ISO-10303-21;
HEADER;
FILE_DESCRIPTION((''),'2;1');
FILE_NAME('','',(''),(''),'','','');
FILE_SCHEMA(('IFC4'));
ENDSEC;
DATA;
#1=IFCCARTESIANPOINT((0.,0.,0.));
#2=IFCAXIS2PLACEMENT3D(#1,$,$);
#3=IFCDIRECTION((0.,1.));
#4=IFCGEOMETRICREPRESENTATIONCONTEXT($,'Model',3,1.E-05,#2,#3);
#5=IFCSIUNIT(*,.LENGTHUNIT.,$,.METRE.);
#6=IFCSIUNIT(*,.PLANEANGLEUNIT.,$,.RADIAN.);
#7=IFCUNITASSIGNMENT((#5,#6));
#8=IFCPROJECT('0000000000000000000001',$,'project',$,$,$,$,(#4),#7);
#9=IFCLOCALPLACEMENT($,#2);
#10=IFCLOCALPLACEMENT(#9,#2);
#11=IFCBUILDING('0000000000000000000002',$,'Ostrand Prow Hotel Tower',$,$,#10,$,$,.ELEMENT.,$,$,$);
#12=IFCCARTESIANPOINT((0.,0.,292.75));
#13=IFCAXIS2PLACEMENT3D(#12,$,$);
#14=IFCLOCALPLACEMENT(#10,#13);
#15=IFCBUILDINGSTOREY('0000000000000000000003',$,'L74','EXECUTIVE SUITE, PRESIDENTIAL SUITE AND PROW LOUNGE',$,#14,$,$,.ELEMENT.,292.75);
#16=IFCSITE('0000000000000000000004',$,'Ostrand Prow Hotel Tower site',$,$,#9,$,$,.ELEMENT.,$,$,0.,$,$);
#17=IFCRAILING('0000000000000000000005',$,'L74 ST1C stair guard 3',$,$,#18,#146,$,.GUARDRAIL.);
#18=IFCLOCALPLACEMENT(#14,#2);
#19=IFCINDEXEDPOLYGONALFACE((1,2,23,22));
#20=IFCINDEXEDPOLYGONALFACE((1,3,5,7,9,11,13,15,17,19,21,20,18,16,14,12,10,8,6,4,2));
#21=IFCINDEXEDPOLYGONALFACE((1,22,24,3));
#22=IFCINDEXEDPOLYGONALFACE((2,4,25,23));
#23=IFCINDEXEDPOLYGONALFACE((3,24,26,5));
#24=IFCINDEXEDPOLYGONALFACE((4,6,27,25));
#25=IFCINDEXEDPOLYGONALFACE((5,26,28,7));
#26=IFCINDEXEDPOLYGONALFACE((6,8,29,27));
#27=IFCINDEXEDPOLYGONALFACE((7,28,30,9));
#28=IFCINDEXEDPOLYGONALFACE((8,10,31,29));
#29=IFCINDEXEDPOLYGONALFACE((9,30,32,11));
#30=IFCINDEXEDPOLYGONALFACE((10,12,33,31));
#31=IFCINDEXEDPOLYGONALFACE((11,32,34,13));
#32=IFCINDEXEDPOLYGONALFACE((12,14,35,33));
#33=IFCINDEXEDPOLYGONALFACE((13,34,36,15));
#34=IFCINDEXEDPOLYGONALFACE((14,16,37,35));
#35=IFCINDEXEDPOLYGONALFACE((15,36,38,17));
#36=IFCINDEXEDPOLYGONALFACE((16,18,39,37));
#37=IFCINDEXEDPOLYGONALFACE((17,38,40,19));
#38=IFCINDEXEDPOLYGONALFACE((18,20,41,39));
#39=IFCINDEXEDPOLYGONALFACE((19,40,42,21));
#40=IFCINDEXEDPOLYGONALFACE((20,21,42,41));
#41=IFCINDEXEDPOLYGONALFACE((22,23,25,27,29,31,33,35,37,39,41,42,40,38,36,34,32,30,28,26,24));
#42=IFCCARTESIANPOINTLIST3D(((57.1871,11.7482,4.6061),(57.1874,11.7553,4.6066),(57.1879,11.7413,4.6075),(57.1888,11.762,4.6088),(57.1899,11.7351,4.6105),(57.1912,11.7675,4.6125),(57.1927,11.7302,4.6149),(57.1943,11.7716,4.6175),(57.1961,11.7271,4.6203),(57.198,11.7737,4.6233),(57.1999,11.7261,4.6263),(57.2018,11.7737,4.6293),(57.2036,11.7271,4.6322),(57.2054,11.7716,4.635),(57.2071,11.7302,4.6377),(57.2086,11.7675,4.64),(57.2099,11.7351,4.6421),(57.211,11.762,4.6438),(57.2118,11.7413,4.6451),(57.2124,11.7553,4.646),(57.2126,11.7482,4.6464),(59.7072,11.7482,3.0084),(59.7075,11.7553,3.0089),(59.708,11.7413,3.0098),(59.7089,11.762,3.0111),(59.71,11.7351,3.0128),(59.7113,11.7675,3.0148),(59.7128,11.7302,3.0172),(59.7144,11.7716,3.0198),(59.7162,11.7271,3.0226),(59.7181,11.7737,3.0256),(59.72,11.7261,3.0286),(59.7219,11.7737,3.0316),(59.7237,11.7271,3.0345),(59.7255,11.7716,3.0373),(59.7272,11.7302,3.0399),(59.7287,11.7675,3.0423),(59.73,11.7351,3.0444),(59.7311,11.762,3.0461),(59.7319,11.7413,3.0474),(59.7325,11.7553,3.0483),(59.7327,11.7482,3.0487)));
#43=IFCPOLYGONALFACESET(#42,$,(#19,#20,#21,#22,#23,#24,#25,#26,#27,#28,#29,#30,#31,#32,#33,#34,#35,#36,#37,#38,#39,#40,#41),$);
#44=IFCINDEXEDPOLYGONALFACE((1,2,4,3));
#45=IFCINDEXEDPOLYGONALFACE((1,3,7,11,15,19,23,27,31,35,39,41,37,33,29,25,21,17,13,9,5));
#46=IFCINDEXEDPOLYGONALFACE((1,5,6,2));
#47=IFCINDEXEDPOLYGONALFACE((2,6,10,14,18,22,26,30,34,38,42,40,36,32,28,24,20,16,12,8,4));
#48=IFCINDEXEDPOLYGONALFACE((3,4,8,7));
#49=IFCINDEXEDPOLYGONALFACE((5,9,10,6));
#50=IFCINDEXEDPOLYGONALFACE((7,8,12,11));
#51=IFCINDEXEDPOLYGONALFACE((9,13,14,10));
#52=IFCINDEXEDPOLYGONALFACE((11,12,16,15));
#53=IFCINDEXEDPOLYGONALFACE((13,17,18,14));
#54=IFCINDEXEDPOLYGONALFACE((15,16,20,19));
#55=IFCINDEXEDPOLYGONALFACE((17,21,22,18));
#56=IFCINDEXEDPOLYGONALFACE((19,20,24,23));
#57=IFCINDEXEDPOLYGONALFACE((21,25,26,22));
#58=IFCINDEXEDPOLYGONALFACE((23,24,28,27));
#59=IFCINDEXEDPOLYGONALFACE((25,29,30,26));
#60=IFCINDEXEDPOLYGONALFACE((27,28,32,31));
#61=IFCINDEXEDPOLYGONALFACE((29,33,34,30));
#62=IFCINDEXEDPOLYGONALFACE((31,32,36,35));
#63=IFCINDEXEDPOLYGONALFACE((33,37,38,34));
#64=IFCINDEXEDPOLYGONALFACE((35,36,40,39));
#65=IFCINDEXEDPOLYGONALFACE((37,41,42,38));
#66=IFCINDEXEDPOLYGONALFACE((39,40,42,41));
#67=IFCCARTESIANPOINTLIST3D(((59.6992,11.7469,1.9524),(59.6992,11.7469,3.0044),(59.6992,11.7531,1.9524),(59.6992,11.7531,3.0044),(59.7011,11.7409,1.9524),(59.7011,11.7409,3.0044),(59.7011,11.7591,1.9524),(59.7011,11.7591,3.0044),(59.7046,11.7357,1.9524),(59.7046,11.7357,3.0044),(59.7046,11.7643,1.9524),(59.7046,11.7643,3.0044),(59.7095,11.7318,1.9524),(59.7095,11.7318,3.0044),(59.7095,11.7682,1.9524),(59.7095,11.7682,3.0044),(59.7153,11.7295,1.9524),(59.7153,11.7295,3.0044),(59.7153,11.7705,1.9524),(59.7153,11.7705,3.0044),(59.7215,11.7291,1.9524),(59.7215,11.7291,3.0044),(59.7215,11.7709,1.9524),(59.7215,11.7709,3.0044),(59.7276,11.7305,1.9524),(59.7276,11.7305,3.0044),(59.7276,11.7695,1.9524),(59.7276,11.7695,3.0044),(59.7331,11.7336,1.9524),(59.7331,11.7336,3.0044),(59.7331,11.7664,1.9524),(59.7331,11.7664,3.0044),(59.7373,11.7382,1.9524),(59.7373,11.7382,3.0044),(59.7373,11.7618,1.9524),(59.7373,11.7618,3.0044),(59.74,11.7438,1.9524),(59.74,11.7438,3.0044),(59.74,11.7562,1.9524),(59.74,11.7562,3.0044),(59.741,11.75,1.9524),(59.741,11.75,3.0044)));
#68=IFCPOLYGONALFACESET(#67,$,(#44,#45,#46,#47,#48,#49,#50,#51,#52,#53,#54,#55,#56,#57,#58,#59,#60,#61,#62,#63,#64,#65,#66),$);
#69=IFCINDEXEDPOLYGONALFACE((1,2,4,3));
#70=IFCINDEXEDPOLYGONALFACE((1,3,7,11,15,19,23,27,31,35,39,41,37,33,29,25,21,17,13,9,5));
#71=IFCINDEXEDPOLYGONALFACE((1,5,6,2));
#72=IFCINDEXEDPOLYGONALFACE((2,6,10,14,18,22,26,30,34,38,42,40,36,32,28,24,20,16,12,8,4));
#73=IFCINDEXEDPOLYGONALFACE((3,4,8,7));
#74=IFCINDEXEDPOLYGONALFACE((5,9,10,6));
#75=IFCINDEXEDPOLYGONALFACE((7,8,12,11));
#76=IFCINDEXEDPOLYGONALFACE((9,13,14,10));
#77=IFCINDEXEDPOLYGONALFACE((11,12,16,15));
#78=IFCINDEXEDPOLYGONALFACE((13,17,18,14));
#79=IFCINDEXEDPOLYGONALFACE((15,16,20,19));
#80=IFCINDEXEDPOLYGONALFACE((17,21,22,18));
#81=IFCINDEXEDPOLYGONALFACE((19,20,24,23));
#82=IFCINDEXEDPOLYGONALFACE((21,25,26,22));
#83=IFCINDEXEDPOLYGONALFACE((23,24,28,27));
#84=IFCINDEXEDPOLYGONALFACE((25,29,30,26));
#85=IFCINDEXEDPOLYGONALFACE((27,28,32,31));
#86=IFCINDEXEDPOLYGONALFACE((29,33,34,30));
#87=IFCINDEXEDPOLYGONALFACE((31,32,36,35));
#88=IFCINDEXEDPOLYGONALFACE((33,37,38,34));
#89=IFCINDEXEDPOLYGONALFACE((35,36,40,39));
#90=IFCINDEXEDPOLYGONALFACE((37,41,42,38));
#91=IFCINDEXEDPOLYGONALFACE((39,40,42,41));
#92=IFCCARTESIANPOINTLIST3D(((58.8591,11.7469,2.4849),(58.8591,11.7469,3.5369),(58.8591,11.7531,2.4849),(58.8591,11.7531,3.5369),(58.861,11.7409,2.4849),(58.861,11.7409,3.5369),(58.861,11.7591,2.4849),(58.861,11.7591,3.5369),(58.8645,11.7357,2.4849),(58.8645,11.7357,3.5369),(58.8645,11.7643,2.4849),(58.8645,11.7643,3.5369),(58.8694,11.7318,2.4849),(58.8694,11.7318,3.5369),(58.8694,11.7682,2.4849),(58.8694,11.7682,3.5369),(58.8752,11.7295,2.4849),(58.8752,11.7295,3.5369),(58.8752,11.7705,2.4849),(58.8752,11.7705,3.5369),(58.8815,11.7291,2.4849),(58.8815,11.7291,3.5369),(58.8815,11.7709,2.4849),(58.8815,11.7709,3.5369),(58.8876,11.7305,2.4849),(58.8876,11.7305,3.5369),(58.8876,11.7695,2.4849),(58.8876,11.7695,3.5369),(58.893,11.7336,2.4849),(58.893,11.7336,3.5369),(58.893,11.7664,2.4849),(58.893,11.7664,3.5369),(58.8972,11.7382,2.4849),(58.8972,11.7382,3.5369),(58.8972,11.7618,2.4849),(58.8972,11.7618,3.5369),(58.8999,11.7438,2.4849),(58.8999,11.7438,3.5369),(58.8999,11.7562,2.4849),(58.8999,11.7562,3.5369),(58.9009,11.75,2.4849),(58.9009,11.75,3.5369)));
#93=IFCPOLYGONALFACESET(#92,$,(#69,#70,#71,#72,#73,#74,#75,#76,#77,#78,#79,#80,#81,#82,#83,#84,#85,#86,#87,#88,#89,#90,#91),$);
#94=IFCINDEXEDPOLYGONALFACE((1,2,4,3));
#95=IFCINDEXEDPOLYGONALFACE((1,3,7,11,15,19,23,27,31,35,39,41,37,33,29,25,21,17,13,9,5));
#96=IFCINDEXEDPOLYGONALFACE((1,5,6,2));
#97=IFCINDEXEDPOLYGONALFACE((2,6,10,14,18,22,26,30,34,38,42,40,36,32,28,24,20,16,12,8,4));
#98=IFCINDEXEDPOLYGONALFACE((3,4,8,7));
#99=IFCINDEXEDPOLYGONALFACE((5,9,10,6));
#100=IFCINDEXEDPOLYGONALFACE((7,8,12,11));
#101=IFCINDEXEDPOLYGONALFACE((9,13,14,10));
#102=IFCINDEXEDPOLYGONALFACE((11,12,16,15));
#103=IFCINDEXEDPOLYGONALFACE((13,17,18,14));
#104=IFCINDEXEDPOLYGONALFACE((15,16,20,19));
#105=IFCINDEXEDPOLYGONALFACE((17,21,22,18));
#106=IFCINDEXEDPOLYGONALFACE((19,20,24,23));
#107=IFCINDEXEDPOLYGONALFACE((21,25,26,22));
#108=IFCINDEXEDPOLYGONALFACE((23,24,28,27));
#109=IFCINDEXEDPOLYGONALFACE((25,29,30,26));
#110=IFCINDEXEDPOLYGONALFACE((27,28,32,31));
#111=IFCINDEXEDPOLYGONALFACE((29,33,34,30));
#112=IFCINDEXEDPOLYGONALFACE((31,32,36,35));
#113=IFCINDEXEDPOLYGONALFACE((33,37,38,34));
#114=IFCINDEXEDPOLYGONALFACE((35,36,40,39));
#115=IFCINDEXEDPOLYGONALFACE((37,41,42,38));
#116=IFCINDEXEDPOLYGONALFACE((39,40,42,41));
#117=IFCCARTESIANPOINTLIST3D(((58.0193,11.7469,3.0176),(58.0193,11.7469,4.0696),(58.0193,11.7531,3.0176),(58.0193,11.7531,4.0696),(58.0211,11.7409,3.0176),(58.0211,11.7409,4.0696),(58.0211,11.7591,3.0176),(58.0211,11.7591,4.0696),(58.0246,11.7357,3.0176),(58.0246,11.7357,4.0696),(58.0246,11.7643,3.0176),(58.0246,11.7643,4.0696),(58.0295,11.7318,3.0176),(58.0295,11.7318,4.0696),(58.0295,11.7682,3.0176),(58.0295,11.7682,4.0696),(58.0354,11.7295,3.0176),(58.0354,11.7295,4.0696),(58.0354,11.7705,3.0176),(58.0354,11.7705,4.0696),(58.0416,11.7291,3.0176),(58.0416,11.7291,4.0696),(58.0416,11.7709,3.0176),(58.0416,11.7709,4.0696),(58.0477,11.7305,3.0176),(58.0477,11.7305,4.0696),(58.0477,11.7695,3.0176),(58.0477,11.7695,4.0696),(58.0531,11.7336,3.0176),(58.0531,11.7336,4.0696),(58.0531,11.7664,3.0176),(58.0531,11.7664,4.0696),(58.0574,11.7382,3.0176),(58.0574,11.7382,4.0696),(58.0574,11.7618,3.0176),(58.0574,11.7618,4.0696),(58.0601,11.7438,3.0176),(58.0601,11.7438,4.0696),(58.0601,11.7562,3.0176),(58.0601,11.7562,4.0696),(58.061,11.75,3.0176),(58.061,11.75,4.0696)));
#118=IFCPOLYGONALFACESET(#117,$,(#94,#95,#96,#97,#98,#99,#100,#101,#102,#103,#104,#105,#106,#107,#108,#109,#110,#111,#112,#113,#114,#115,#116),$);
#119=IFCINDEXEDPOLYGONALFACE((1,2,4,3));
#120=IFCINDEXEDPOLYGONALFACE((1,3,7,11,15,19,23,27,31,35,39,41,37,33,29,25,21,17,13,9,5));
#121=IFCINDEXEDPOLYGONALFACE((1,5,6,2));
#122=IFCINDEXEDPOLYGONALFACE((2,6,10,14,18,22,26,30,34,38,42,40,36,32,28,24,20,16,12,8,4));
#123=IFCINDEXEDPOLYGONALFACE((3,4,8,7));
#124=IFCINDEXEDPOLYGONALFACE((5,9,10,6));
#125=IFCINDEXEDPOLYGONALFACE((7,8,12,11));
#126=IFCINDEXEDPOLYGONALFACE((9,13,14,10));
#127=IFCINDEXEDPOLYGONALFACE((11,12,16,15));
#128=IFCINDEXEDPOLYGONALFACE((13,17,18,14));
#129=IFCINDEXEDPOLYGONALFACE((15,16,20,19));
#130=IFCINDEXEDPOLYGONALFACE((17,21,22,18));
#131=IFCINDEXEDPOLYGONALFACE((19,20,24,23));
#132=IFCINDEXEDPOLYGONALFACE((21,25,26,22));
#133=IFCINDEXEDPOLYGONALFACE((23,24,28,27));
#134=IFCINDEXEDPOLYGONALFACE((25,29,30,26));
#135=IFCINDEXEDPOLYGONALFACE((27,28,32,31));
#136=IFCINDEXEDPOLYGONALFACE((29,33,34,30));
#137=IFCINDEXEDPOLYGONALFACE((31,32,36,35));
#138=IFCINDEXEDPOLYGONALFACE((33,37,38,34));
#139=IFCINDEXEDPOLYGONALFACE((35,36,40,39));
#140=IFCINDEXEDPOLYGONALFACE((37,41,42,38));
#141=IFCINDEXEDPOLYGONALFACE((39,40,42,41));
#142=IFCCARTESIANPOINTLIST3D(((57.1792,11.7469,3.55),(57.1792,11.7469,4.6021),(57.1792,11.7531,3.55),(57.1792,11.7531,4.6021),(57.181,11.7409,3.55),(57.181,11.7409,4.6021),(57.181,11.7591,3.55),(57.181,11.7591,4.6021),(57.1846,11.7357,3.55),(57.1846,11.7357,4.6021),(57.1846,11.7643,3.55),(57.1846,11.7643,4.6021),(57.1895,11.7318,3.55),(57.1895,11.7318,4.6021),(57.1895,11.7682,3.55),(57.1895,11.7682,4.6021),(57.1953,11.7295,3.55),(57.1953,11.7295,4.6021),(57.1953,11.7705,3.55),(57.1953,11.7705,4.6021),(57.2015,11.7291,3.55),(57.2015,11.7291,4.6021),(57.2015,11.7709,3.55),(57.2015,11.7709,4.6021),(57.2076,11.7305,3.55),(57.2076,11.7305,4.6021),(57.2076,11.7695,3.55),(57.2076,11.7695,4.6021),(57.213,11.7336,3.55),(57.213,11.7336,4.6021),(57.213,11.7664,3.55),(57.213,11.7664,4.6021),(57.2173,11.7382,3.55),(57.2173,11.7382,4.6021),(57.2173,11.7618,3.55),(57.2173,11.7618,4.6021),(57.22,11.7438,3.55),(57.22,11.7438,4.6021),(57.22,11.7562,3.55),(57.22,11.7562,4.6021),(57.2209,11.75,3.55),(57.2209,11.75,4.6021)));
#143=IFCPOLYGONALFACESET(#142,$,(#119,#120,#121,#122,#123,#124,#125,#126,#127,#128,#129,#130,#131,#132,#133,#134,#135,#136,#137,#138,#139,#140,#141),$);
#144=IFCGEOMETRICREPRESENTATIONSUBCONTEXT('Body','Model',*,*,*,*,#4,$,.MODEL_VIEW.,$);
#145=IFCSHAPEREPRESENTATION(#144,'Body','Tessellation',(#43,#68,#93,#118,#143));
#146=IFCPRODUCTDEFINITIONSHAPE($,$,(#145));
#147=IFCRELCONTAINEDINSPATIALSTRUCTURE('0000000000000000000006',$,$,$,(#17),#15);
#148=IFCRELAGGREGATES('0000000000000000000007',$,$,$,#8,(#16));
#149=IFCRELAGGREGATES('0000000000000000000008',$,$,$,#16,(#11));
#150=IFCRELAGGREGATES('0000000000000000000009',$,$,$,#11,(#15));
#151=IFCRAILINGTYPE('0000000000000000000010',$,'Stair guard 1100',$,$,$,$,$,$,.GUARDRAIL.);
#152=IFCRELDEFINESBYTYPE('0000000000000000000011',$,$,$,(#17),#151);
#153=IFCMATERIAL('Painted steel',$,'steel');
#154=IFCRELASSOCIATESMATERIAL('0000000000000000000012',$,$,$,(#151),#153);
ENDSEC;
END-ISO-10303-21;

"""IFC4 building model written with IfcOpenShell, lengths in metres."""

from ifc_helpers import new_model, si_unit, direction, frame, origin, origin_2d, place, context, subcontext, project, spatial, circle, extrude, material, type_object, element, save


model = new_model("IFC4")

# Units and contexts
model_context = context("Model", 3, precision=1e-05, world=origin(), true_north=direction((0.0, 1.0)))
body_context = subcontext(model_context, "Body", "Model", "MODEL_VIEW")
ifc_project = project(units=[si_unit("LENGTHUNIT", "METRE"), si_unit("PLANEANGLEUNIT", "RADIAN")], contexts=[model_context])

# Site, building, storey
site_placement = place(None, origin())
site = spatial("IfcSite", under=ifc_project, at=site_placement, Name="Ostrand Prow Hotel Tower site", CompositionType="ELEMENT", RefElevation=0.0)
building_placement = place(site_placement, origin())
building = spatial("IfcBuilding", under=site, at=building_placement, Name="Ostrand Prow Hotel Tower", CompositionType="ELEMENT")
storey_placement = place(building_placement, frame((0.0, 0.0, 292.75)))
storey = spatial("IfcBuildingStorey", under=building, at=storey_placement, Name="L74", Description="EXECUTIVE SUITE, PRESIDENTIAL SUITE AND PROW LOUNGE", CompositionType="ELEMENT", Elevation=292.75)

# Railing
ifc_material_1 = material(Name="Painted steel", Category="steel")
railing_type_1 = type_object("IfcRailingType", Name="Stair guard 1100", PredefinedType="GUARDRAIL", material=ifc_material_1)
railing_1_placement = place(storey_placement, frame((59.72, 11.75, 1.9524)))
element("IfcRailing", 1, at=railing_1_placement, inside=storey, type_object=railing_type_1, Name="L74 ST1C stair guard 3", PredefinedType="GUARDRAIL", context=body_context, shape_type="SweptSolid", body=[
    extrude(circle(Radius=0.0239, at=origin_2d()), frame((0.0, 0.0, 1.0762), z_axis=(-0.84457, 0.0, 0.535445), x_axis=(0.0, -1.0, 0.0)), (0.0, 0.0, 1.0), 2.9839),
    extrude(circle(Radius=0.021, at=origin_2d()), origin(), (0.0, 0.0, 1.0), 1.052),
    extrude(circle(Radius=0.021, at=origin_2d()), frame((-0.8401, 0.0, 0.5325)), (0.0, 0.0, 1.0), 1.052),
    extrude(circle(Radius=0.021, at=origin_2d()), frame((-1.6799, 0.0, 1.0652)), (0.0, 0.0, 1.0), 1.052),
    extrude(circle(Radius=0.021, at=origin_2d()), frame((-2.52, 0.0, 1.5977)), (0.0, 0.0, 1.0), 1.052),
])

save(model, "model.ifc")
